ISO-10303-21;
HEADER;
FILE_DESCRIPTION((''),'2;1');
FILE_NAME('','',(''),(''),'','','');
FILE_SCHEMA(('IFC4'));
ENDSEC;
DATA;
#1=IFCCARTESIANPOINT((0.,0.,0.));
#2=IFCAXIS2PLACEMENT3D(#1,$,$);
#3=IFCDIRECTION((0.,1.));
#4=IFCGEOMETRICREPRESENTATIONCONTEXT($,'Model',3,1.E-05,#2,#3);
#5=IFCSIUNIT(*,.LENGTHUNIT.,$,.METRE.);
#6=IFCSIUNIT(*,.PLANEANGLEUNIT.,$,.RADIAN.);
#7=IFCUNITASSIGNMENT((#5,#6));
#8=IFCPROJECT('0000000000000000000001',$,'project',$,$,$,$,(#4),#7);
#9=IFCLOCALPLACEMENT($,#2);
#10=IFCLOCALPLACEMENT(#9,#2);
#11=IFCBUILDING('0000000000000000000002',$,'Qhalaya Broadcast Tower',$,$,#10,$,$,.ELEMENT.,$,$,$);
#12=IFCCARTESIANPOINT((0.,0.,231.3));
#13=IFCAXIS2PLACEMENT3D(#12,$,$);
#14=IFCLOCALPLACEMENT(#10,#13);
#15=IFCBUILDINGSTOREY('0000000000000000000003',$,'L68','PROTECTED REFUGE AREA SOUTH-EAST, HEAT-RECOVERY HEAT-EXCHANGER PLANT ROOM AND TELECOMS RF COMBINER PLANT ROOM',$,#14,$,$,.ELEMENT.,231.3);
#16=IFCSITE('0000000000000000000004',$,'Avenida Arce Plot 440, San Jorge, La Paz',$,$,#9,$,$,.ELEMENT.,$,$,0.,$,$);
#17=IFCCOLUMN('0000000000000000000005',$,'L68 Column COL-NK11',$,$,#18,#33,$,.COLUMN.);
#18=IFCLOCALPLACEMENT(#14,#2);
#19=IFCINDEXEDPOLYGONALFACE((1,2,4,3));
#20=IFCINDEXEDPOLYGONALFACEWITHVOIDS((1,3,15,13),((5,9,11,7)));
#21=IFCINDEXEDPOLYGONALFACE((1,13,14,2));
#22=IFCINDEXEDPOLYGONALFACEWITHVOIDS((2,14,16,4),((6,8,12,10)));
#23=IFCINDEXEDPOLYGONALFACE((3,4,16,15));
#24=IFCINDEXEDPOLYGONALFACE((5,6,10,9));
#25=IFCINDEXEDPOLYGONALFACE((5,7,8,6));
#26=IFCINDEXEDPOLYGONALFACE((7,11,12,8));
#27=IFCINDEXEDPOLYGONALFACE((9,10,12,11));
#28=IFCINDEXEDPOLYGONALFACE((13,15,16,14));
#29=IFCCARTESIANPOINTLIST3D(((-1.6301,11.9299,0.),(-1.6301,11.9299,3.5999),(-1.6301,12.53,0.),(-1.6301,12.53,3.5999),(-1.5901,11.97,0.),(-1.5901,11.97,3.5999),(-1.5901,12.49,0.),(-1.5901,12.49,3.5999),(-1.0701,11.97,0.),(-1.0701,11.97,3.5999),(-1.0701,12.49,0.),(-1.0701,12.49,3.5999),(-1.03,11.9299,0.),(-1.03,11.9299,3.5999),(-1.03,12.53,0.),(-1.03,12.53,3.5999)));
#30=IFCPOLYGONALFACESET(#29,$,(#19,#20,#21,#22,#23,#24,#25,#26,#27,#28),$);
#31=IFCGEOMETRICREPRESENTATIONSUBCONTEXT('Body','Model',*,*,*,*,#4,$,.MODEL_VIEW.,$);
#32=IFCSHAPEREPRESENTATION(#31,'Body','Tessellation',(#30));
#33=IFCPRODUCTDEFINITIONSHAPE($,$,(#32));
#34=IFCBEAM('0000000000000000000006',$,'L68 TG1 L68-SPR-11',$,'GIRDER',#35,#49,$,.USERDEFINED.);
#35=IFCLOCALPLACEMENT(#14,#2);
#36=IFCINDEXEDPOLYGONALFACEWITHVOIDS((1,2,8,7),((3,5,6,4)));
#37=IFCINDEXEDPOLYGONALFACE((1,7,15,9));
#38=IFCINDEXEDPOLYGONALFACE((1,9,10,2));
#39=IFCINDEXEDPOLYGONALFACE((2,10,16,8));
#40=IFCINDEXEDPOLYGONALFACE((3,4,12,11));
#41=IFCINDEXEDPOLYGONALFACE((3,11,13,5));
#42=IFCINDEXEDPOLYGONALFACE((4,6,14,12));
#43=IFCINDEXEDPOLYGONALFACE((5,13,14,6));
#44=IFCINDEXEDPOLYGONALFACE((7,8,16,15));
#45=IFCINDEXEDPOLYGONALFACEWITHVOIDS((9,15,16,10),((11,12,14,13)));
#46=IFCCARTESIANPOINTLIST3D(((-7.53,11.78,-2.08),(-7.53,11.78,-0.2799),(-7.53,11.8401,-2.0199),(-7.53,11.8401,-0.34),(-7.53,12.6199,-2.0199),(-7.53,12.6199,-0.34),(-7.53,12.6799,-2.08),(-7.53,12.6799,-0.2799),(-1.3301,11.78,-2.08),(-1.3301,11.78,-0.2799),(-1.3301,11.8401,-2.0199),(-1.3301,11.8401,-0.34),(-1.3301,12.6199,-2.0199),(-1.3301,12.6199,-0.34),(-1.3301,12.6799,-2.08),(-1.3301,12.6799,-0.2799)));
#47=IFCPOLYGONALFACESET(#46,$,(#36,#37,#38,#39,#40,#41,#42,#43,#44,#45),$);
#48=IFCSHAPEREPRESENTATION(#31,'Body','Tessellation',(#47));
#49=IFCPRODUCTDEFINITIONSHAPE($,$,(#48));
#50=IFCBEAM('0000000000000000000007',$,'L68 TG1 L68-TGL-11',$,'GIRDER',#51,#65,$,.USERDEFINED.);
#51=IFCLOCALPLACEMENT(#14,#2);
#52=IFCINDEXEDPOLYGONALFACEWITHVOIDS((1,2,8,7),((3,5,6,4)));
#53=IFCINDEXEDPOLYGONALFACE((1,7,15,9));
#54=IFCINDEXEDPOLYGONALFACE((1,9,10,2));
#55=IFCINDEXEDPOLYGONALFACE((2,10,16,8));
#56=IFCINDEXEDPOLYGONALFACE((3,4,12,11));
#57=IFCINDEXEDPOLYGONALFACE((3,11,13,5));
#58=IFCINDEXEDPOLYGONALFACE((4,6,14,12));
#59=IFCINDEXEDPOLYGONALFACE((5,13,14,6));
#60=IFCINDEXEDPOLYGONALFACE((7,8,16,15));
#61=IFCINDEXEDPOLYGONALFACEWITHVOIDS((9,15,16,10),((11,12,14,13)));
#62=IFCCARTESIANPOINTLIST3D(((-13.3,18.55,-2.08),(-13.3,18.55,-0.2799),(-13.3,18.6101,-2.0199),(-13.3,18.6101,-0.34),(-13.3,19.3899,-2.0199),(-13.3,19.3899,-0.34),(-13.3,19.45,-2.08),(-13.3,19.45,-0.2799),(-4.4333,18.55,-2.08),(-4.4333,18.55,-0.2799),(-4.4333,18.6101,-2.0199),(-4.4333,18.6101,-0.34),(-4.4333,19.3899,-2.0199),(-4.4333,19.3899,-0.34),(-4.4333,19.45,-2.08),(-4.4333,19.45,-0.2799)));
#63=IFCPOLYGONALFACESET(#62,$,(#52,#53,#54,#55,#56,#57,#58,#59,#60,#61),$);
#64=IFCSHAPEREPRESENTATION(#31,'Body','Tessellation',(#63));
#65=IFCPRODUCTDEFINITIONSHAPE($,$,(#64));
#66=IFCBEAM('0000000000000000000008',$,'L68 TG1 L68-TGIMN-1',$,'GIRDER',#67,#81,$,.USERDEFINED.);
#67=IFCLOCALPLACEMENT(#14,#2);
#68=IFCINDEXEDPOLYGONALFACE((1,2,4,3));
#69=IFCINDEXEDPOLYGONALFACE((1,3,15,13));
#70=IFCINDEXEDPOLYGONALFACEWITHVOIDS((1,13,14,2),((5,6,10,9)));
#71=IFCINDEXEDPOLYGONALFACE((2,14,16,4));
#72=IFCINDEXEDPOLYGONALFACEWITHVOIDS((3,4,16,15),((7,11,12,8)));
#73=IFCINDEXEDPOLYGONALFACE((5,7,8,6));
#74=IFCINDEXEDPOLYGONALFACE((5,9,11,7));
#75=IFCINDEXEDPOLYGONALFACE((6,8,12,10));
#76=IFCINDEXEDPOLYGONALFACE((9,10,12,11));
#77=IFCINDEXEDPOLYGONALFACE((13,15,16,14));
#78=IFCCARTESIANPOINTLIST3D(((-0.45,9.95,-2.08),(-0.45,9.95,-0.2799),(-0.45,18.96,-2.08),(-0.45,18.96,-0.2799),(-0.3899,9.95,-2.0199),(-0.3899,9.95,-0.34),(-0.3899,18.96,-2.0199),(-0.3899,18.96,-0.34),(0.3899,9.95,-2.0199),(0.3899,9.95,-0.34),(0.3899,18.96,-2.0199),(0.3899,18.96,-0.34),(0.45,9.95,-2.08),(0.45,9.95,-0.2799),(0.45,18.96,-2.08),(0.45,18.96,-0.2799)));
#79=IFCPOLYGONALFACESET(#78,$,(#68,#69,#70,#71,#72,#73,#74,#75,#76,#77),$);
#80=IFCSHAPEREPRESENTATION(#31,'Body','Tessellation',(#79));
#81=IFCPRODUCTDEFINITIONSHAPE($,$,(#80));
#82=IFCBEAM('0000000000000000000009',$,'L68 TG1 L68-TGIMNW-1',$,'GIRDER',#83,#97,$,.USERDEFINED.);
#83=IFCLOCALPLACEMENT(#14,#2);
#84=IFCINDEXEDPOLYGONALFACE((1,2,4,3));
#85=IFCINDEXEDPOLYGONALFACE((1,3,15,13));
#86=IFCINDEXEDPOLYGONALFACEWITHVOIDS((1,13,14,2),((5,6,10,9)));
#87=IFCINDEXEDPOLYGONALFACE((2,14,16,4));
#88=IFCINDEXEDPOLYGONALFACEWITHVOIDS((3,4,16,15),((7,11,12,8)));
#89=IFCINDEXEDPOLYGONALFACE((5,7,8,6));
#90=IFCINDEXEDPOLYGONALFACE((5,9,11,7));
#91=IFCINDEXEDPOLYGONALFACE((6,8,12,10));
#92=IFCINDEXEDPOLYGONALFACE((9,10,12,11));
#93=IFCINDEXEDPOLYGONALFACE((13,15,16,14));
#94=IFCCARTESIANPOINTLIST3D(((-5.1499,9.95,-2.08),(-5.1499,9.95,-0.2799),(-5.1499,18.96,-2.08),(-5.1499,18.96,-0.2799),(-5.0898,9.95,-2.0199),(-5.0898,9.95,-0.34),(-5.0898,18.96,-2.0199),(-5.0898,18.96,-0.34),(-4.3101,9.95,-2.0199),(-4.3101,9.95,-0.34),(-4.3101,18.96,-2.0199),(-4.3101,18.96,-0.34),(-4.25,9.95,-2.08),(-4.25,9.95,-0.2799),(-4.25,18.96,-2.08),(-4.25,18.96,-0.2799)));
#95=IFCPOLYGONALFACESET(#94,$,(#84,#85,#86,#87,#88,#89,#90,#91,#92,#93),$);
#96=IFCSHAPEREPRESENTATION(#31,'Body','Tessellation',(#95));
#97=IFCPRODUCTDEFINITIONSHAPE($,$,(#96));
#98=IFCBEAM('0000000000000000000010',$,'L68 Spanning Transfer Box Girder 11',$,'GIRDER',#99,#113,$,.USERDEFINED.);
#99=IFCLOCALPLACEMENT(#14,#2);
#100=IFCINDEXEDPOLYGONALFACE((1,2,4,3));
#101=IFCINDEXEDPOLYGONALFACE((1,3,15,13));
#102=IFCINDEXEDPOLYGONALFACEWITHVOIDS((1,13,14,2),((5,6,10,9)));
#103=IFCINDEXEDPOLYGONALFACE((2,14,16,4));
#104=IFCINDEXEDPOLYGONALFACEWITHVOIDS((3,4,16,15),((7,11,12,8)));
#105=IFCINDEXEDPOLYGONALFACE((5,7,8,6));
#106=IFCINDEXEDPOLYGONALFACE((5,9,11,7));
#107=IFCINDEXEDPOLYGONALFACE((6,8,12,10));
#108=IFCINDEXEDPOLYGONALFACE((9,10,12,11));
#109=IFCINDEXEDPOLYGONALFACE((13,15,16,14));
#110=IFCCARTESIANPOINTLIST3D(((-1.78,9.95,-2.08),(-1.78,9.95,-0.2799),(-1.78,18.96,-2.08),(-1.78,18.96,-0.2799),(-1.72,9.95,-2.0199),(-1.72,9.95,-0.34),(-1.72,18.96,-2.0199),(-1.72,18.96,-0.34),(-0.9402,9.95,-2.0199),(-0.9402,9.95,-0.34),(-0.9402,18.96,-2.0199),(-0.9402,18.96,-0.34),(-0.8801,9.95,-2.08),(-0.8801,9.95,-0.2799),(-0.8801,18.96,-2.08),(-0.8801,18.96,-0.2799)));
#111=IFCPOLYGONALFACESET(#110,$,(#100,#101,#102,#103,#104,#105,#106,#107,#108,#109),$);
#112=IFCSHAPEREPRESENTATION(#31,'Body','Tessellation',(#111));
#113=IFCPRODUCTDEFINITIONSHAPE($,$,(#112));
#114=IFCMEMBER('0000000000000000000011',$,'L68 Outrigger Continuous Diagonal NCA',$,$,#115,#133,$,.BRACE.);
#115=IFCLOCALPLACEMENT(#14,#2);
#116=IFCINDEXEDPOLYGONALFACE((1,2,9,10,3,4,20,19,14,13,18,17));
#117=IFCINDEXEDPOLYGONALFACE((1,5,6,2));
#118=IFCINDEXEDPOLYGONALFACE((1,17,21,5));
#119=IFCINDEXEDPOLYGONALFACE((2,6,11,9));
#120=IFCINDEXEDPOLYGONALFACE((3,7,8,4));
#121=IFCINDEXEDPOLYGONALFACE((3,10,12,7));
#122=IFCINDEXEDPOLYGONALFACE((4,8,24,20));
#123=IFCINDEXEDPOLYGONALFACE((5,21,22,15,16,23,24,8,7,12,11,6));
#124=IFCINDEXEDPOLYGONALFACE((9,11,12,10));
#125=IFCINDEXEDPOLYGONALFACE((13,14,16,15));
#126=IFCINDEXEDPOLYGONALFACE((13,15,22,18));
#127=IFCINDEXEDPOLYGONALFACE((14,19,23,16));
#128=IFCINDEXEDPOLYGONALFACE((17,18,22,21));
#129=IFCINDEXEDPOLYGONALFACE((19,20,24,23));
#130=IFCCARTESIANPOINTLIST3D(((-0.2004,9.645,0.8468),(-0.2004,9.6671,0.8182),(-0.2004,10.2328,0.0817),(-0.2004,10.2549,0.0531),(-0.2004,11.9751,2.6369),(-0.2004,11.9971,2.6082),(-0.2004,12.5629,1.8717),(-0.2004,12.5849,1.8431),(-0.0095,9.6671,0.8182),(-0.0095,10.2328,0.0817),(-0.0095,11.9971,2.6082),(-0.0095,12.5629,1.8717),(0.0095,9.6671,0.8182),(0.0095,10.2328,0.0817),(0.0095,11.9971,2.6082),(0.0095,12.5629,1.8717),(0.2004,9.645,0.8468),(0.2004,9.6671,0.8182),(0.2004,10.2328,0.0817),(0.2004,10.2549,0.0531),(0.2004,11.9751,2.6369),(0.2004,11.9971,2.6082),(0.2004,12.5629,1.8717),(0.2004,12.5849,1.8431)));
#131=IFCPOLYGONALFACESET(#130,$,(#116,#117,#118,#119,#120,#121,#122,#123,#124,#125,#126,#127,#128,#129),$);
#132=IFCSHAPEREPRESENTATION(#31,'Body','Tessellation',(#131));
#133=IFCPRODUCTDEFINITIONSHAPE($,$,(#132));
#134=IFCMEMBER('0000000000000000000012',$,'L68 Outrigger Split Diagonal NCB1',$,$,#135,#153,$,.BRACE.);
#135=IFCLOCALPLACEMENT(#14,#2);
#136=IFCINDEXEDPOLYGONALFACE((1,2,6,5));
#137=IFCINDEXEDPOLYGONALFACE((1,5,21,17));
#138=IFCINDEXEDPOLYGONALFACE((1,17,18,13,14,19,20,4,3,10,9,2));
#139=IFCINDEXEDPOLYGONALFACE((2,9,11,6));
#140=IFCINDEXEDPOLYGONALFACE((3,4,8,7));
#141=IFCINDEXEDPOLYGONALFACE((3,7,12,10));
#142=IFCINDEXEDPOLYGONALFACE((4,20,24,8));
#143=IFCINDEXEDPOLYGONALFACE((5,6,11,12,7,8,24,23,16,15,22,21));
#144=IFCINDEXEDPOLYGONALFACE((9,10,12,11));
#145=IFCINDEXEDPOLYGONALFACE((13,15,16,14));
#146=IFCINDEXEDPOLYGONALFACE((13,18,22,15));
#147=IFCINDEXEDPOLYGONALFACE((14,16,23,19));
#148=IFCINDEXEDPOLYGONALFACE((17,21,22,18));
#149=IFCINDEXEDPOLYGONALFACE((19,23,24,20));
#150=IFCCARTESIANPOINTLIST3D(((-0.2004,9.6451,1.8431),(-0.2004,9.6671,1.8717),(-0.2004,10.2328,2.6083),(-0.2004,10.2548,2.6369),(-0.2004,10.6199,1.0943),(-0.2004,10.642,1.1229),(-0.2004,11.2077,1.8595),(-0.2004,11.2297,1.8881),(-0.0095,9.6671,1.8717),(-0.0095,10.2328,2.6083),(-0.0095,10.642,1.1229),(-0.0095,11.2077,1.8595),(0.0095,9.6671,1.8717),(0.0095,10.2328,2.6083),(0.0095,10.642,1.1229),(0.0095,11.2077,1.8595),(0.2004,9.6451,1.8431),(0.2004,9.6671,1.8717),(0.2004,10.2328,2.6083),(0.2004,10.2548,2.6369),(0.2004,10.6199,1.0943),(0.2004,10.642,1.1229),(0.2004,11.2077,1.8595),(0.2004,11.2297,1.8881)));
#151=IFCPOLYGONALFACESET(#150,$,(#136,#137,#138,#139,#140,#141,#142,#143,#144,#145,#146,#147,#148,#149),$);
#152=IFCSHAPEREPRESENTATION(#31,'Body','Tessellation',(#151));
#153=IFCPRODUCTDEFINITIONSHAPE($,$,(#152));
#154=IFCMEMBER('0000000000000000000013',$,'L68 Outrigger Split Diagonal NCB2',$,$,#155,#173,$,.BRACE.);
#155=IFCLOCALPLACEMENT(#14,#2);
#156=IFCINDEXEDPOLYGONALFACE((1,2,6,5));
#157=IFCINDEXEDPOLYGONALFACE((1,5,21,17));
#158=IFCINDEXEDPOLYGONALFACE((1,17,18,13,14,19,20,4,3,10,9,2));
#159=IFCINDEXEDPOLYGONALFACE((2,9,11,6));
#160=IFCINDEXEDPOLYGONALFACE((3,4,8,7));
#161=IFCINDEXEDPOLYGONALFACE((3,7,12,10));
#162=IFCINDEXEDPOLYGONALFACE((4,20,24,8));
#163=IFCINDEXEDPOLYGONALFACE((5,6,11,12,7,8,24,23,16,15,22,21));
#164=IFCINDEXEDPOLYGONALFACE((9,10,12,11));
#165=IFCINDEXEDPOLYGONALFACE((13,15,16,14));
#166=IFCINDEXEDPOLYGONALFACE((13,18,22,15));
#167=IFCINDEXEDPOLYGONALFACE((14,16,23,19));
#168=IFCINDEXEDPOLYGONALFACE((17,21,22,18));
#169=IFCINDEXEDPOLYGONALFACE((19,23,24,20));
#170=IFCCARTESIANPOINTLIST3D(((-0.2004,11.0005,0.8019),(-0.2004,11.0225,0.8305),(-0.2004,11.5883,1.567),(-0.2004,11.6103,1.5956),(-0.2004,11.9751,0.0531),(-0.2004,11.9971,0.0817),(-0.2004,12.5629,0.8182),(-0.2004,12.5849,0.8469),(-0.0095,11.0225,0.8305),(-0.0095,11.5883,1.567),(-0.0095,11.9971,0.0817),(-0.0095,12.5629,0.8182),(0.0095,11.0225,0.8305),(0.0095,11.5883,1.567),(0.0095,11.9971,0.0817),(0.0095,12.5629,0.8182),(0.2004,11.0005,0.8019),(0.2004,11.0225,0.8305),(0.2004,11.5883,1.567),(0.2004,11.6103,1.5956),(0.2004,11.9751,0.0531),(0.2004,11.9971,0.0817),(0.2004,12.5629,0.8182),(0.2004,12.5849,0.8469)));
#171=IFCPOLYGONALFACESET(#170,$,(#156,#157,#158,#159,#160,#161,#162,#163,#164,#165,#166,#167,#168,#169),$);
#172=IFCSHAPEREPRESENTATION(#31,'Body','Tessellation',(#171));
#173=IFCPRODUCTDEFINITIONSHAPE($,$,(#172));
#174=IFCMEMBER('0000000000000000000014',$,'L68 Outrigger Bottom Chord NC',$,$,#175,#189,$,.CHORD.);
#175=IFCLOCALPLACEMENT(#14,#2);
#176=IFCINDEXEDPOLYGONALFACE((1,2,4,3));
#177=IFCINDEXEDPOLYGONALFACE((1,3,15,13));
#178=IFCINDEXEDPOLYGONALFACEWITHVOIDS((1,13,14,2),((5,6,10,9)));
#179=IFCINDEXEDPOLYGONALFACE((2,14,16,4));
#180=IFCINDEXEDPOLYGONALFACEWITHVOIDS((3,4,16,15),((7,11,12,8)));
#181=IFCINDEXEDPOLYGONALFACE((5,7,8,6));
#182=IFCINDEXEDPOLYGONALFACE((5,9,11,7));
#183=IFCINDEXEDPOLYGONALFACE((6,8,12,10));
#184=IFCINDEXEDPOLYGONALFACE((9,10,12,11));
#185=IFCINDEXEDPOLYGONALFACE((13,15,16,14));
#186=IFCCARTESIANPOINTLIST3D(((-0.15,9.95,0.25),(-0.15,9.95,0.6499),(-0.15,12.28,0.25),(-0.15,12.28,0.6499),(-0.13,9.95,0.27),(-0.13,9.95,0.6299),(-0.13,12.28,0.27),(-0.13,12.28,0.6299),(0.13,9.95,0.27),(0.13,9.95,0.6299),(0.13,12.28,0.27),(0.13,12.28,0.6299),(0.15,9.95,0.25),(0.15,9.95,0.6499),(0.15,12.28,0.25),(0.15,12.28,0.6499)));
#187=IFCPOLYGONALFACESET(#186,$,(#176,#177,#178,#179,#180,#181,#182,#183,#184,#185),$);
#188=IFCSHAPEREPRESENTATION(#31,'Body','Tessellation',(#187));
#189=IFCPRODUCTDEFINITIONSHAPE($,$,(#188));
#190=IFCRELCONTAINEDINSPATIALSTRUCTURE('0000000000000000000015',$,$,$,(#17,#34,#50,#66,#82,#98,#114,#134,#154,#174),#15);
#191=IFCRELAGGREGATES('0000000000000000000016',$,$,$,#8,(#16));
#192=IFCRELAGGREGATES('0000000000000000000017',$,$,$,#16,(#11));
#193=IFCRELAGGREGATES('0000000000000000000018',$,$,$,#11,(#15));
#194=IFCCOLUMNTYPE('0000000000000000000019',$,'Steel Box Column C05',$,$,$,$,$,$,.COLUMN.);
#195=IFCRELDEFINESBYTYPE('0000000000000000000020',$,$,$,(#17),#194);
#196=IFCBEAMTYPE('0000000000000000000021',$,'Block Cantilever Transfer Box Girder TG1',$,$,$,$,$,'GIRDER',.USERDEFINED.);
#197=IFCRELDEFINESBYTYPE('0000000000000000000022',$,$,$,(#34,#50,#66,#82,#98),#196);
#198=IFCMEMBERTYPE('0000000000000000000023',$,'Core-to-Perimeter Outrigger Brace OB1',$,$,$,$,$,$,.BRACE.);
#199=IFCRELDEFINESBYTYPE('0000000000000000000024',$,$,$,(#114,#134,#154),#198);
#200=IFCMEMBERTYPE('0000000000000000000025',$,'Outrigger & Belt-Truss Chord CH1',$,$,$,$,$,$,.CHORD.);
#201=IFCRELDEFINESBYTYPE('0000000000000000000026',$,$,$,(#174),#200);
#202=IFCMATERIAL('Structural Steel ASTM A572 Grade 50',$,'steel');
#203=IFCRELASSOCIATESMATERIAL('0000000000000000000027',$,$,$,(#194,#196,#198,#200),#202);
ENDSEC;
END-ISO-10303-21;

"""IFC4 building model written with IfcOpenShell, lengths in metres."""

from ifc_helpers import new_model, si_unit, direction, frame, origin, origin_2d, place, context, subcontext, project, spatial, hollow_rectangle, i_section, extrude, material, material_profile, profile_set, type_object, element, save


model = new_model("IFC4")

# Units and contexts
model_context = context("Model", 3, precision=1e-05, world=origin(), true_north=direction((0.0, 1.0)))
body_context = subcontext(model_context, "Body", "Model", "MODEL_VIEW")
ifc_project = project(units=[si_unit("LENGTHUNIT", "METRE"), si_unit("PLANEANGLEUNIT", "RADIAN")], contexts=[model_context])

# Site, building, storey
site_placement = place(None, origin())
site = spatial("IfcSite", under=ifc_project, at=site_placement, Name="Avenida Arce Plot 440, San Jorge, La Paz", CompositionType="ELEMENT", RefElevation=0.0)
building_placement = place(site_placement, origin())
building = spatial("IfcBuilding", under=site, at=building_placement, Name="Qhalaya Broadcast Tower", CompositionType="ELEMENT")
storey_placement = place(building_placement, frame((0.0, 0.0, 231.3)))
storey = spatial("IfcBuildingStorey", under=building, at=storey_placement, Name="L68", Description="PROTECTED REFUGE AREA SOUTH-EAST, HEAT-RECOVERY HEAT-EXCHANGER PLANT ROOM AND TELECOMS RF COMBINER PLANT ROOM", CompositionType="ELEMENT", Elevation=231.3)

# Column
ifc_material_1 = material(Name="Structural Steel ASTM A572 Grade 50", Category="steel")
ifc_material_profile_1 = material_profile(ifc_material_1, hollow_rectangle(XDim=0.6001, YDim=0.6001, WallThickness=0.04, at=origin_2d()), Name="BOX 600x600x40")
ifc_profile_set_1 = profile_set([ifc_material_profile_1], Name="Structural Steel ASTM A572 Grade 50")
column_type = type_object("IfcColumnType", Name="Steel Box Column C05", PredefinedType="COLUMN", material=ifc_profile_set_1)
column_placement = place(storey_placement, frame((-1.3301, 12.23, 0.0), z_axis=(0.0, 0.0, 1.0), x_axis=(1.0, 0.0, 0.0)))
element("IfcColumn", 1, at=column_placement, inside=storey, type_object=column_type, Name="L68 Column COL-NK11", PredefinedType="COLUMN", context=body_context, shape_type="SweptSolid", body=[
    extrude(hollow_rectangle(XDim=0.6001, YDim=0.6001, WallThickness=0.04, at=origin_2d()), origin(), (0.0, 0.0, 1.0), 3.5999),
])

# Beams
ifc_material_profile_2 = material_profile(ifc_material_1, hollow_rectangle(XDim=0.8999, YDim=1.8, WallThickness=0.0601, at=origin_2d()), Name="BOX 900x1800x60")
ifc_profile_set_2 = profile_set([ifc_material_profile_2], Name="Structural Steel ASTM A572 Grade 50")
beam_type_1 = type_object("IfcBeamType", Name="Block Cantilever Transfer Box Girder TG1", ElementType="GIRDER", PredefinedType="USERDEFINED", material=ifc_profile_set_2)
beam_1_placement = place(storey_placement, frame((-1.3301, 12.23, -1.1799), z_axis=(-1.0, 0.0, 0.0), x_axis=(0.0, -1.0, 0.0)))
element("IfcBeam", 2, at=beam_1_placement, inside=storey, type_object=beam_type_1, Name="L68 TG1 L68-SPR-11", ObjectType="GIRDER", PredefinedType="USERDEFINED", context=body_context, shape_type="SweptSolid", body=[
    extrude(hollow_rectangle(XDim=0.8999, YDim=1.8, WallThickness=0.0601, at=origin_2d()), origin(), (0.0, 0.0, 1.0), 6.2),
])
beam_2_placement = place(storey_placement, frame((-4.4333, 19.0, -1.1799), z_axis=(-1.0, 0.0, 0.0), x_axis=(0.0, -1.0, 0.0)))
element("IfcBeam", 3, at=beam_2_placement, inside=storey, type_object=beam_type_1, Name="L68 TG1 L68-TGL-11", ObjectType="GIRDER", PredefinedType="USERDEFINED", context=body_context, shape_type="SweptSolid", body=[
    extrude(hollow_rectangle(XDim=0.8999, YDim=1.8, WallThickness=0.0601, at=origin_2d()), origin(), (0.0, 0.0, 1.0), 8.8667),
])
for number, where, z_axis, x_axis, name in (
    (4, (0.0, 9.95, -1.1799), (0.0, 1.0, 0.0), (-1.0, 0.0, 0.0), "L68 TG1 L68-TGIMN-1"),
    (5, (-4.7, 9.95, -1.1799), (0.0, 1.0, 0.0), (-1.0, 0.0, 0.0), "L68 TG1 L68-TGIMNW-1"),
    (6, (-1.3301, 9.95, -1.1799), (0.0, 1.0, 0.0), (-1.0, 0.0, 0.0), "L68 Spanning Transfer Box Girder 11"),
):
    element("IfcBeam", number, at=place(storey_placement, frame(where, z_axis=z_axis, x_axis=x_axis)), inside=storey, type_object=beam_type_1, Name=name, ObjectType="GIRDER", PredefinedType="USERDEFINED", context=body_context, shape_type="SweptSolid", body=[
        extrude(hollow_rectangle(XDim=0.8999, YDim=1.8, WallThickness=0.0601, at=origin_2d()), origin(), (0.0, 0.0, 1.0), 9.01),
    ])

# Members
ifc_material_profile_3 = material_profile(ifc_material_1, i_section(OverallWidth=0.4009, OverallDepth=1.001, WebThickness=0.019, FlangeThickness=0.0361, at=origin_2d()), Name="W40X249")
ifc_profile_set_3 = profile_set([ifc_material_profile_3], Name="Structural Steel ASTM A572 Grade 50")
member_type_1 = type_object("IfcMemberType", Name="Core-to-Perimeter Outrigger Brace OB1", PredefinedType="BRACE", material=ifc_profile_set_3)
member_1_placement = place(storey_placement, frame((0.0, 9.95, 0.45), z_axis=(0.0, 0.793007, 0.609213), x_axis=(-1.0, 0.0, 0.0)))
element("IfcMember", 7, at=member_1_placement, inside=storey, type_object=member_type_1, Name="L68 Outrigger Continuous Diagonal NCA", PredefinedType="BRACE", context=body_context, shape_type="SweptSolid", body=[
    extrude(i_section(OverallWidth=0.4009, OverallDepth=1.001, WebThickness=0.019, FlangeThickness=0.0361, at=origin_2d()), origin(), (0.0, 0.0, 1.0), 2.9382),
])
member_2_placement = place(storey_placement, frame((0.0, 9.95, 2.24), z_axis=(0.0, 0.793059, -0.609144), x_axis=(-1.0, 0.0, 0.0)))
element("IfcMember", 8, at=member_2_placement, inside=storey, type_object=member_type_1, Name="L68 Outrigger Split Diagonal NCB1", PredefinedType="BRACE", context=body_context, shape_type="SweptSolid", body=[
    extrude(i_section(OverallWidth=0.4009, OverallDepth=1.001, WebThickness=0.019, FlangeThickness=0.0361, at=origin_2d()), origin(), (0.0, 0.0, 1.0), 1.2292),
])
member_3_placement = place(storey_placement, frame((0.0, 11.3054, 1.1987), z_axis=(0.0, 0.792986, -0.60924), x_axis=(-1.0, 0.0, 0.0)))
element("IfcMember", 9, at=member_3_placement, inside=storey, type_object=member_type_1, Name="L68 Outrigger Split Diagonal NCB2", PredefinedType="BRACE", context=body_context, shape_type="SweptSolid", body=[
    extrude(i_section(OverallWidth=0.4009, OverallDepth=1.001, WebThickness=0.019, FlangeThickness=0.0361, at=origin_2d()), origin(), (0.0, 0.0, 1.0), 1.229),
])
ifc_material_profile_4 = material_profile(ifc_material_1, hollow_rectangle(XDim=0.3, YDim=0.3999, WallThickness=0.02, at=origin_2d()), Name="HSS 300x400x20")
ifc_profile_set_4 = profile_set([ifc_material_profile_4], Name="Structural Steel ASTM A572 Grade 50")
member_type_2 = type_object("IfcMemberType", Name="Outrigger & Belt-Truss Chord CH1", PredefinedType="CHORD", material=ifc_profile_set_4)
for number, where, z_axis, x_axis, name in (
    (10, (0.0, 9.95, 0.45), (0.0, 1.0, 0.0), (-1.0, 0.0, 0.0), "L68 Outrigger Bottom Chord NC"),
):
    element("IfcMember", number, at=place(storey_placement, frame(where, z_axis=z_axis, x_axis=x_axis)), inside=storey, type_object=member_type_2, Name=name, PredefinedType="CHORD", context=body_context, shape_type="SweptSolid", body=[
        extrude(hollow_rectangle(XDim=0.3, YDim=0.3999, WallThickness=0.02, at=origin_2d()), origin(), (0.0, 0.0, 1.0), 2.3301),
    ])

save(model, "model.ifc")
